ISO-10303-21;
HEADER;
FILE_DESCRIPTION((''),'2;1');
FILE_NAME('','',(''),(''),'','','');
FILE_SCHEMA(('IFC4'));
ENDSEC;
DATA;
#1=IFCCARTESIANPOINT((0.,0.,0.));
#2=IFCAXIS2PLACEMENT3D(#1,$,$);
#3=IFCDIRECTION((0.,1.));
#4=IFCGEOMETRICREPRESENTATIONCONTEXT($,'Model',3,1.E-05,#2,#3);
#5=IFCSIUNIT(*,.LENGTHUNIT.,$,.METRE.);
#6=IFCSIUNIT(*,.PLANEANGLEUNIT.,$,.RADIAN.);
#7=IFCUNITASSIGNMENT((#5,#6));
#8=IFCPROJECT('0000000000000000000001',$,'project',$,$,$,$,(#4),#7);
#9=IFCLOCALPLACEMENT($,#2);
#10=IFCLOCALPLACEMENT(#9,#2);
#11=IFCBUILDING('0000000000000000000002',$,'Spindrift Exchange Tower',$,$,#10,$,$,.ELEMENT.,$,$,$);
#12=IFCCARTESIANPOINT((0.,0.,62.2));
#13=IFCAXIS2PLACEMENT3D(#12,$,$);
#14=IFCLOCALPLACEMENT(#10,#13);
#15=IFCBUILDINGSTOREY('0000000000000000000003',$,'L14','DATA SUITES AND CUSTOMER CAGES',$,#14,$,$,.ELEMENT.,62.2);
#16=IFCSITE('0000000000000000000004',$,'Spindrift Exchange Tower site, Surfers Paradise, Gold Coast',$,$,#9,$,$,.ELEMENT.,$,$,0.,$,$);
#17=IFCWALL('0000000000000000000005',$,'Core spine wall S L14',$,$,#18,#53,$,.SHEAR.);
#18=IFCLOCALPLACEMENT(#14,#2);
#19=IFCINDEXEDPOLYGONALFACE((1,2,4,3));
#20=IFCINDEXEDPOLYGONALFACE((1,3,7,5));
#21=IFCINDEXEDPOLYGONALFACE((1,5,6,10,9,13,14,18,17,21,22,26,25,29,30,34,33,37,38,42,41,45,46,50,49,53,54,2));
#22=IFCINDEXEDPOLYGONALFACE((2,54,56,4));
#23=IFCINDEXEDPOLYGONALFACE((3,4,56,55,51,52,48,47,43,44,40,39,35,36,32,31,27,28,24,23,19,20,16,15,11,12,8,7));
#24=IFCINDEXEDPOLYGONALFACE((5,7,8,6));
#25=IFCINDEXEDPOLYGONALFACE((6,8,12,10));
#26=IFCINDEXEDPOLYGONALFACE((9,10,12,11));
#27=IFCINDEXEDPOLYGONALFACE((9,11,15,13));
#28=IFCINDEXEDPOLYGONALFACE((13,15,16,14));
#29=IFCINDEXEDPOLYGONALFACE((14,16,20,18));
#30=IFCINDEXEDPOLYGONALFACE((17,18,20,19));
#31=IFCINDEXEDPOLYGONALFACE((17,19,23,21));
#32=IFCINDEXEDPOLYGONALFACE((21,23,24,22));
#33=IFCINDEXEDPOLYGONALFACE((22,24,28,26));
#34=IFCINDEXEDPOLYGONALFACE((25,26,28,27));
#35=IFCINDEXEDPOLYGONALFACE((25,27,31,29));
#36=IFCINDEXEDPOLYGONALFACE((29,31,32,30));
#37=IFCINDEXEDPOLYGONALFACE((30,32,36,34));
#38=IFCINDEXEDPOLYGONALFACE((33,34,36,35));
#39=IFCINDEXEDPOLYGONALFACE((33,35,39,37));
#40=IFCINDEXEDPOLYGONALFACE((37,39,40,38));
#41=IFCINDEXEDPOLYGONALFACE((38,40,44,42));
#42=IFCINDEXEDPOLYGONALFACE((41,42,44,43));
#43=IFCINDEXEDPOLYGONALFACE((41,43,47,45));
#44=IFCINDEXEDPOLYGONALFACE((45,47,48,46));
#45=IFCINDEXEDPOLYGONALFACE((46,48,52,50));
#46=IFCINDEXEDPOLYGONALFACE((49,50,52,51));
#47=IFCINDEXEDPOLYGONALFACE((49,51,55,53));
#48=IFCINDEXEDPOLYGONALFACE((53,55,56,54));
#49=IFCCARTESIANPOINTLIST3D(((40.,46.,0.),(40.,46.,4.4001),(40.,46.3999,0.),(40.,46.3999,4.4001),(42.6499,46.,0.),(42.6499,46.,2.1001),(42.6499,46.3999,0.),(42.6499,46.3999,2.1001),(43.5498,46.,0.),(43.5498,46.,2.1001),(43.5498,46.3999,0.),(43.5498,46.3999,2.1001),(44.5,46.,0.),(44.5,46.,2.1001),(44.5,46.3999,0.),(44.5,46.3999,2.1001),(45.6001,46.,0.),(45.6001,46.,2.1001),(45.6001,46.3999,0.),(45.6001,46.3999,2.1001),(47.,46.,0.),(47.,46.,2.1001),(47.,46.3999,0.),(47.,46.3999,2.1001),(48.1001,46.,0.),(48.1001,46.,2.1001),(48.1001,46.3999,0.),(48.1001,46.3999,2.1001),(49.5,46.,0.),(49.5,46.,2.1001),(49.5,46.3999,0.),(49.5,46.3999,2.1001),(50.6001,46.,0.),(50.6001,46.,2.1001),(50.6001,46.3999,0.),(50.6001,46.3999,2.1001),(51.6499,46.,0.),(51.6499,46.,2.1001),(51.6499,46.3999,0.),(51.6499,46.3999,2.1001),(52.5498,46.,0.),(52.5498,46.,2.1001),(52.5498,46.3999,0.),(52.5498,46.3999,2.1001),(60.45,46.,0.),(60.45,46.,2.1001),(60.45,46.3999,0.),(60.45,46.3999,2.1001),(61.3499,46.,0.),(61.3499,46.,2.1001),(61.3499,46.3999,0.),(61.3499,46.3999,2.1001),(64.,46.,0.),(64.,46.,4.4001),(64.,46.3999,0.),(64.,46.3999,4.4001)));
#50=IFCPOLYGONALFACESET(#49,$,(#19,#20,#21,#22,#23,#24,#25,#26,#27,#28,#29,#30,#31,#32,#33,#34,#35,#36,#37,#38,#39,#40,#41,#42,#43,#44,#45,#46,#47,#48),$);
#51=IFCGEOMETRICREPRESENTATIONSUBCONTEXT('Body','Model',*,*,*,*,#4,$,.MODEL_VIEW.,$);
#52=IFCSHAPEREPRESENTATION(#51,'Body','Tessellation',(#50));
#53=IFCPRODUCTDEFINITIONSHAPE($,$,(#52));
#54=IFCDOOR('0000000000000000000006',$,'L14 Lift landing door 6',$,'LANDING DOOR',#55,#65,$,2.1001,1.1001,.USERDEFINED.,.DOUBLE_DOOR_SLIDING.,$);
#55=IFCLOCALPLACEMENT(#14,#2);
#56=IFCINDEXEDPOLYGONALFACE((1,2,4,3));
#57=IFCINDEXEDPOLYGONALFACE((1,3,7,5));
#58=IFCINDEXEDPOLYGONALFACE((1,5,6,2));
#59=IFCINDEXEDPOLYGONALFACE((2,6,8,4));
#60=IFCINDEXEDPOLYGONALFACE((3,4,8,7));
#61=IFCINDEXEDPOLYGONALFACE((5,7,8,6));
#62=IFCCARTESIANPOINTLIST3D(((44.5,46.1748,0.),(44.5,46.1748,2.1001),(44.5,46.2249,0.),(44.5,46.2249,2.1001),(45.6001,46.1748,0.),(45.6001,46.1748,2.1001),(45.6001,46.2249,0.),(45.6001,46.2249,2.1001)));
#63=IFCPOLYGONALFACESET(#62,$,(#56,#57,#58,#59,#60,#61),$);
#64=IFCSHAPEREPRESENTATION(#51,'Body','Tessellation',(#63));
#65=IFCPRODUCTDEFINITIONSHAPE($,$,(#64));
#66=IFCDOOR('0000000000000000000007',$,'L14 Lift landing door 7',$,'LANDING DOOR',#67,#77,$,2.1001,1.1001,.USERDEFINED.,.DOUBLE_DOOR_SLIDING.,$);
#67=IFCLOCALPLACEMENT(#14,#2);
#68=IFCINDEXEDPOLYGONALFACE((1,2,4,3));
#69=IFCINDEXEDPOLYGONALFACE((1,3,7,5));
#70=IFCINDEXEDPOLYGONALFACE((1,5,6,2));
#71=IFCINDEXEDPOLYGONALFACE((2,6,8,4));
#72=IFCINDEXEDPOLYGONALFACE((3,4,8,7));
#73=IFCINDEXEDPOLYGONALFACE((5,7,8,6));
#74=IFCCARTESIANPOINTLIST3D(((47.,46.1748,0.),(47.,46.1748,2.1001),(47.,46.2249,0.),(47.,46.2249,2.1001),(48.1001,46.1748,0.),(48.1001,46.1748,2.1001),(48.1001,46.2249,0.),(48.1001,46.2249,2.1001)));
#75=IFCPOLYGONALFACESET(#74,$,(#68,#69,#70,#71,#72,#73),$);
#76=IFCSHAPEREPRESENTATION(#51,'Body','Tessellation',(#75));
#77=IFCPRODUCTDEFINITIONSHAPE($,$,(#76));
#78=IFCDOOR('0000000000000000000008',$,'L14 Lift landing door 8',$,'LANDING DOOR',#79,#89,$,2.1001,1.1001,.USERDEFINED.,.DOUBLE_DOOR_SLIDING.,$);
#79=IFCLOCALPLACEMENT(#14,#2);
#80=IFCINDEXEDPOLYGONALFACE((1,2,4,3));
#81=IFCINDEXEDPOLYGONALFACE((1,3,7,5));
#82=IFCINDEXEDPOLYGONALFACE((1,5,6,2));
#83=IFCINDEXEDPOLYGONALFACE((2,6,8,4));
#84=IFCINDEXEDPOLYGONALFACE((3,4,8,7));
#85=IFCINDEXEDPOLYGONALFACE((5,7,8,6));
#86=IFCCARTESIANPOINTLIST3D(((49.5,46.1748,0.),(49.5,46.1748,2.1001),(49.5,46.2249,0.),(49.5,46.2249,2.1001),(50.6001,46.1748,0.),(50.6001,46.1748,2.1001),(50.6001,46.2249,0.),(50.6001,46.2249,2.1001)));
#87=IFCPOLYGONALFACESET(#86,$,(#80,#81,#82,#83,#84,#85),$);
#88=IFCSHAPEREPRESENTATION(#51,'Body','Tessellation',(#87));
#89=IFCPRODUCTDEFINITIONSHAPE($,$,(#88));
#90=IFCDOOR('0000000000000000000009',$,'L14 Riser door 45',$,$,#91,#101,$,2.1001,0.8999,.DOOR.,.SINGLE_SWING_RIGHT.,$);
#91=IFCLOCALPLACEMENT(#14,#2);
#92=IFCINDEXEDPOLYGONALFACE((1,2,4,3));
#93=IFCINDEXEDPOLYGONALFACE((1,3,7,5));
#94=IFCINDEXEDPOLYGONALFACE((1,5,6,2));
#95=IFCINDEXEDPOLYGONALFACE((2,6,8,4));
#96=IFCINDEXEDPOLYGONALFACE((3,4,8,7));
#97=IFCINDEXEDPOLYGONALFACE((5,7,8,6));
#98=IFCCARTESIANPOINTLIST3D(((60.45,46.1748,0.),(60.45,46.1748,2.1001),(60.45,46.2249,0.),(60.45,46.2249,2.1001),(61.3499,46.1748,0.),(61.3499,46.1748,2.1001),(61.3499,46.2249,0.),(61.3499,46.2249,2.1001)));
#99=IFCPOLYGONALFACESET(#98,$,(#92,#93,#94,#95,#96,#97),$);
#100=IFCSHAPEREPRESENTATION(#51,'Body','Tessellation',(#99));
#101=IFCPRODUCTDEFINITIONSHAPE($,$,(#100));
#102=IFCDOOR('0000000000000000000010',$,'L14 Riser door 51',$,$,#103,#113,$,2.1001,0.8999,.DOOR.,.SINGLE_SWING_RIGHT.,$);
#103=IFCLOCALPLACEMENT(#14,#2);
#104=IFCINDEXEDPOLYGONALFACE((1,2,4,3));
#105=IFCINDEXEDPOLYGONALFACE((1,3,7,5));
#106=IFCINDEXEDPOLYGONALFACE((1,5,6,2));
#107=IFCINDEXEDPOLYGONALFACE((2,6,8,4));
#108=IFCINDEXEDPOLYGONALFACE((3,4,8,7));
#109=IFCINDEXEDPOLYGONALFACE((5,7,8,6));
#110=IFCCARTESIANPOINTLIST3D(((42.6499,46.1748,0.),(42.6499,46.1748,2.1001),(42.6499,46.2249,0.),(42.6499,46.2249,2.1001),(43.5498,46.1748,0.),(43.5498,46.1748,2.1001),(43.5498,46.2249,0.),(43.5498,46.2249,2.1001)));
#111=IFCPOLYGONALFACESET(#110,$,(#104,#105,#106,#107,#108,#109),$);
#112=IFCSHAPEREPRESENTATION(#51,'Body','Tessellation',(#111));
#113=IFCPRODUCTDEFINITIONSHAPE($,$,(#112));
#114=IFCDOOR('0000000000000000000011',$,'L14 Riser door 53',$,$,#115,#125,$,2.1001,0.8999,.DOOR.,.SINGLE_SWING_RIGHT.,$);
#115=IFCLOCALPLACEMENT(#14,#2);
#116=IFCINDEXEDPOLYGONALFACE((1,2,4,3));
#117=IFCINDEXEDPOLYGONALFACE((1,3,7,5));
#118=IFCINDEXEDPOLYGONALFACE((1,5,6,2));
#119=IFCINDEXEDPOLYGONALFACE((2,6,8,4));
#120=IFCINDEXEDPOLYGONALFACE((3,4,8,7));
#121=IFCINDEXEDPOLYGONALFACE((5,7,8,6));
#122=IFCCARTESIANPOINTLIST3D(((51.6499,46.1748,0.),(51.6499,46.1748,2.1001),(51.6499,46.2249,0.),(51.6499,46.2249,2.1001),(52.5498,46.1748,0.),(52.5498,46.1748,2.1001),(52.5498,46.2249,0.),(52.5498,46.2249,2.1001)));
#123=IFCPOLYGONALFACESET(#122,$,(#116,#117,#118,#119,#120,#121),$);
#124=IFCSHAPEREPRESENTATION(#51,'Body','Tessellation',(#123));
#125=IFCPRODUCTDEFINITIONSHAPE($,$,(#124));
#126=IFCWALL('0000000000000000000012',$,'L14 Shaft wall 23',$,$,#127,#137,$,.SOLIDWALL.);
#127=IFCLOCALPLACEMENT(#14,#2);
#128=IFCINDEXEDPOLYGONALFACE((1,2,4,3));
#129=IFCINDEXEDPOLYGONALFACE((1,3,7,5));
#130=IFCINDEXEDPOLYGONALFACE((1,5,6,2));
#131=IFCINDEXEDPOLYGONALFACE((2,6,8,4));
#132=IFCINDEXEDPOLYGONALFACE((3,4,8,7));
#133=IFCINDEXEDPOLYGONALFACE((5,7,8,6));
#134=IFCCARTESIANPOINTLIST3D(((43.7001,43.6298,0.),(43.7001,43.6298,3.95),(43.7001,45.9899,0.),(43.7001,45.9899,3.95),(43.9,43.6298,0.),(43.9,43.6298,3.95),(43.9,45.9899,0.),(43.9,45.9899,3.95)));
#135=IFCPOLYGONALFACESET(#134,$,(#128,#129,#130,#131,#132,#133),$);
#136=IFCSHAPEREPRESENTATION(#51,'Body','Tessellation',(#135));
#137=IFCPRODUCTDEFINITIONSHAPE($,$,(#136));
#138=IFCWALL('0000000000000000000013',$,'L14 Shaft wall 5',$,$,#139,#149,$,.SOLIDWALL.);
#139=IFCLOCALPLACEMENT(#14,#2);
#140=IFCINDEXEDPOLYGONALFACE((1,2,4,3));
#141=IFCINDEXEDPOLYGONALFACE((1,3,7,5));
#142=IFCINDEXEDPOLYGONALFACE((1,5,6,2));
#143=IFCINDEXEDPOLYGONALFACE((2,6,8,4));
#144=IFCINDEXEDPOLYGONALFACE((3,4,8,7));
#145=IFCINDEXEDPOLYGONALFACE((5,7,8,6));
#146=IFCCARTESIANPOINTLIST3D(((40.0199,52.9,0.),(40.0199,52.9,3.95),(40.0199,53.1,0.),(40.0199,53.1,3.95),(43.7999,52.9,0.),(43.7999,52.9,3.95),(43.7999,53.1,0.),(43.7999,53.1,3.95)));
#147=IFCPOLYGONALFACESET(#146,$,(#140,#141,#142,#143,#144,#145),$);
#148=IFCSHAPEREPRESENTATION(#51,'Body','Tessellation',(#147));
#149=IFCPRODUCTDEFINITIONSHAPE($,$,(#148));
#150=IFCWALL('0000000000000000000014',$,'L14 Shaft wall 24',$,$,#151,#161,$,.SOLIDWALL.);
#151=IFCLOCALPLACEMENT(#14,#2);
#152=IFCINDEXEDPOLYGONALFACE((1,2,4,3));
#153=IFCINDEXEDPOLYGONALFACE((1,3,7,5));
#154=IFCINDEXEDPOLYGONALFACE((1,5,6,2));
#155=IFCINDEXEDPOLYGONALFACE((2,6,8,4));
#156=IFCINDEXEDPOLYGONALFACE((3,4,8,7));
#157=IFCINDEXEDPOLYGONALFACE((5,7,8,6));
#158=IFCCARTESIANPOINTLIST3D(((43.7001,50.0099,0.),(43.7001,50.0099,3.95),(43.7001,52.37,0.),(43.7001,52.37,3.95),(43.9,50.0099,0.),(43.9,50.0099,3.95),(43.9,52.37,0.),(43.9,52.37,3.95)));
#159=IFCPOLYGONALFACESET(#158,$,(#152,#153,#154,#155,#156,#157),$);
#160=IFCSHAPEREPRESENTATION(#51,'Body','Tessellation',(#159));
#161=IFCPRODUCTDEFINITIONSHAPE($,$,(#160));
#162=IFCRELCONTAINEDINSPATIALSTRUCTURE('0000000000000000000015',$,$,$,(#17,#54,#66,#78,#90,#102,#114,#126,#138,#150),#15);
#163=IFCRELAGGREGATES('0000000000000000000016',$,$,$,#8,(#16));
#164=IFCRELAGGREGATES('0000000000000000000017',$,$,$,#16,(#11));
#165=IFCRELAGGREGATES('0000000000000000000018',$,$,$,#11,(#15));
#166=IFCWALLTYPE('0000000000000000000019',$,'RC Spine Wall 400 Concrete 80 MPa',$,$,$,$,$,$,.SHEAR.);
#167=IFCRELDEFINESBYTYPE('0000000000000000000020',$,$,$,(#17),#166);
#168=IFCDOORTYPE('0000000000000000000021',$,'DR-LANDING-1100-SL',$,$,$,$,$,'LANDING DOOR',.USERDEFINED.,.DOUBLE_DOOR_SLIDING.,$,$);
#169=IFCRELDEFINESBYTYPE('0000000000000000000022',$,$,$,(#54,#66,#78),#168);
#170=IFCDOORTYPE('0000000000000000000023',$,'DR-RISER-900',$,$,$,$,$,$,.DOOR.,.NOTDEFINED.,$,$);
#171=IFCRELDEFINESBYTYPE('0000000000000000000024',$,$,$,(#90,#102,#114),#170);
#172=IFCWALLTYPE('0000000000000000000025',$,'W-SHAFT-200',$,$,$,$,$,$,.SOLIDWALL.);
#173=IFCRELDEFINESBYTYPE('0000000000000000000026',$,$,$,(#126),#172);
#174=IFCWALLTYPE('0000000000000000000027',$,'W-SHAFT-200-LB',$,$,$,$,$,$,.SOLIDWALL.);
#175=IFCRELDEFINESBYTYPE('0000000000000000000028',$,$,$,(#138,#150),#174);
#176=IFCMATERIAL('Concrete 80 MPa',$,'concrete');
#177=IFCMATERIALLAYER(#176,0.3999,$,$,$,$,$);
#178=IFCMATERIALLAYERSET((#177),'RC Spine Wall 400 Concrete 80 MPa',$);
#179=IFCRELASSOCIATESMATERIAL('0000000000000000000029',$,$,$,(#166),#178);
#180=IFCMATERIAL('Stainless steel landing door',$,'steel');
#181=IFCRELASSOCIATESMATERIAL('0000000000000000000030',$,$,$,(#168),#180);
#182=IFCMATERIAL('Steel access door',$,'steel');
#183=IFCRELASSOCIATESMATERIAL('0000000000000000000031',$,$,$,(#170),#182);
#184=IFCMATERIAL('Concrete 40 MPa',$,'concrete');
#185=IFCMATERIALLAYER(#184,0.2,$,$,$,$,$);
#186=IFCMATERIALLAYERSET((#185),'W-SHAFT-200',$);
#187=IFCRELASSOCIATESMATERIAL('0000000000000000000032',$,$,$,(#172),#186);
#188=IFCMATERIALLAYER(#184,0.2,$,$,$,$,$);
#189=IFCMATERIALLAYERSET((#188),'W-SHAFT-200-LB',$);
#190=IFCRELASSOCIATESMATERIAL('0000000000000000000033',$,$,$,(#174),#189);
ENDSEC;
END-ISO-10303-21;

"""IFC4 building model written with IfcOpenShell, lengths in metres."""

from ifc_helpers import new_model, si_unit, direction, frame, frame_2d, origin, place, context, subcontext, project, spatial, rectangle, extrude, source, transform, mapped, material, layer, layer_set, type_object, element, fill, save


model = new_model("IFC4")

# Units and contexts
model_context = context("Model", 3, precision=1e-05, world=origin(), true_north=direction((0.0, 1.0)))
body_context = subcontext(model_context, "Body", "Model", "MODEL_VIEW")
ifc_project = project(units=[si_unit("LENGTHUNIT", "METRE"), si_unit("PLANEANGLEUNIT", "RADIAN")], contexts=[model_context])

# Site, building, storey
site_placement = place(None, origin())
site = spatial("IfcSite", under=ifc_project, at=site_placement, Name="Spindrift Exchange Tower site, Surfers Paradise, Gold Coast", CompositionType="ELEMENT", RefElevation=0.0)
building_placement = place(site_placement, origin())
building = spatial("IfcBuilding", under=site, at=building_placement, Name="Spindrift Exchange Tower", CompositionType="ELEMENT")
storey_placement = place(building_placement, frame((0.0, 0.0, 62.2)))
storey = spatial("IfcBuildingStorey", under=building, at=storey_placement, Name="L14", Description="DATA SUITES AND CUSTOMER CAGES", CompositionType="ELEMENT", Elevation=62.2)

# Wall, openings, doors
ifc_material_1 = material(Name="Concrete 80 MPa", Category="concrete")
ifc_layer_1 = layer(ifc_material_1, 0.3999)
ifc_layer_set_1 = layer_set([ifc_layer_1], Name="RC Spine Wall 400 Concrete 80 MPa")
wall_type_1 = type_object("IfcWallType", Name="RC Spine Wall 400 Concrete 80 MPa", PredefinedType="SHEAR", material=ifc_layer_set_1)
ifc_material_2 = material(Name="Stainless steel landing door", Category="steel")
door_type_1 = type_object("IfcDoorType", Name="DR-LANDING-1100-SL", ElementType="LANDING DOOR", OperationType="DOUBLE_DOOR_SLIDING", PredefinedType="USERDEFINED", material=ifc_material_2)
shared_shape_1 = source(origin(), body_context, "Body", "SweptSolid", [
    extrude(rectangle(XDim=1.1001, YDim=2.1001, at=frame_2d((0.55, 1.05))), frame((0.0, 0.0249, 0.0), z_axis=(0.0, -1.0, 0.0), x_axis=(1.0, 0.0, 0.0)), (0.0, 0.0, 1.0), 0.05),
])
ifc_material_3 = material(Name="Steel access door", Category="steel")
door_type_2 = type_object("IfcDoorType", Name="DR-RISER-900", OperationType="NOTDEFINED", PredefinedType="DOOR", material=ifc_material_3)
shared_shape_2 = source(origin(), body_context, "Body", "SweptSolid", [
    extrude(rectangle(XDim=0.8999, YDim=2.1001, at=frame_2d((0.45, 1.05))), frame((0.0, 0.0249, 0.0), z_axis=(0.0, -1.0, 0.0), x_axis=(1.0, 0.0, 0.0)), (0.0, 0.0, 1.0), 0.05),
])
wall_1_placement = place(storey_placement, frame((40.0, 46.2, 0.0), z_axis=(0.0, 0.0, 1.0), x_axis=(1.0, 0.0, 0.0)))
wall_1 = element("IfcWall", 1, at=wall_1_placement, inside=storey, type_object=wall_type_1, Name="Core spine wall S L14", PredefinedType="SHEAR", context=body_context, shape_type="SweptSolid", body=[
    extrude(rectangle(XDim=24.0, YDim=0.3999, at=frame_2d((12.0, 0.0))), origin(), (0.0, 0.0, 1.0), 4.4001),
])
opening_1_placement = place(wall_1_placement, frame((4.5, 0.0, 0.0)))
opening_1 = element("IfcOpeningElement", 2, at=opening_1_placement, cuts=wall_1, PredefinedType="OPENING", context=body_context, shape_type="SweptSolid", body=[
    extrude(rectangle(XDim=1.1001, YDim=2.1001, at=frame_2d((0.55, 1.05))), frame((0.0, 0.21, 0.0), z_axis=(0.0, -1.0, 0.0), x_axis=(1.0, 0.0, 0.0)), (0.0, 0.0, 1.0), 0.4199),
])
opening_2_placement = place(wall_1_placement, frame((7.0, 0.0, 0.0)))
opening_2 = element("IfcOpeningElement", 3, at=opening_2_placement, cuts=wall_1, PredefinedType="OPENING", context=body_context, shape_type="SweptSolid", body=[
    extrude(rectangle(XDim=1.1001, YDim=2.1001, at=frame_2d((0.55, 1.05))), frame((0.0, 0.21, 0.0), z_axis=(0.0, -1.0, 0.0), x_axis=(1.0, 0.0, 0.0)), (0.0, 0.0, 1.0), 0.4199),
])
opening_3_placement = place(wall_1_placement, frame((9.5, 0.0, 0.0)))
opening_3 = element("IfcOpeningElement", 4, at=opening_3_placement, cuts=wall_1, PredefinedType="OPENING", context=body_context, shape_type="SweptSolid", body=[
    extrude(rectangle(XDim=1.1001, YDim=2.1001, at=frame_2d((0.55, 1.05))), frame((0.0, 0.21, 0.0), z_axis=(0.0, -1.0, 0.0), x_axis=(1.0, 0.0, 0.0)), (0.0, 0.0, 1.0), 0.4199),
])
opening_4_placement = place(wall_1_placement, frame((20.45, 0.0, 0.0)))
opening_4 = element("IfcOpeningElement", 5, at=opening_4_placement, cuts=wall_1, PredefinedType="OPENING", context=body_context, shape_type="SweptSolid", body=[
    extrude(rectangle(XDim=0.8999, YDim=2.1001, at=frame_2d((0.45, 1.05))), frame((0.0, 0.21, 0.0), z_axis=(0.0, -1.0, 0.0), x_axis=(1.0, 0.0, 0.0)), (0.0, 0.0, 1.0), 0.4199),
])
opening_5_placement = place(wall_1_placement, frame((2.6499, 0.0, 0.0)))
opening_5 = element("IfcOpeningElement", 6, at=opening_5_placement, cuts=wall_1, PredefinedType="OPENING", context=body_context, shape_type="SweptSolid", body=[
    extrude(rectangle(XDim=0.8999, YDim=2.1001, at=frame_2d((0.45, 1.05))), frame((0.0, 0.21, 0.0), z_axis=(0.0, -1.0, 0.0), x_axis=(1.0, 0.0, 0.0)), (0.0, 0.0, 1.0), 0.4199),
])
opening_6_placement = place(wall_1_placement, frame((11.6499, 0.0, 0.0)))
opening_6 = element("IfcOpeningElement", 7, at=opening_6_placement, cuts=wall_1, PredefinedType="OPENING", context=body_context, shape_type="SweptSolid", body=[
    extrude(rectangle(XDim=0.8999, YDim=2.1001, at=frame_2d((0.45, 1.05))), frame((0.0, 0.21, 0.0), z_axis=(0.0, -1.0, 0.0), x_axis=(1.0, 0.0, 0.0)), (0.0, 0.0, 1.0), 0.4199),
])
door_1_placement = place(opening_1_placement, origin())
door_1 = element("IfcDoor", 8, at=door_1_placement, inside=storey, type_object=door_type_1, Name="L14 Lift landing door 6", ObjectType="LANDING DOOR", OperationType="DOUBLE_DOOR_SLIDING", OverallHeight=2.1001, OverallWidth=1.1001, PredefinedType="USERDEFINED", context=body_context, shape_type="MappedRepresentation", body=[
    mapped(shared_shape_1, transform((0.0, 0.0, 0.0), scale=1.0)),
])
fill(opening_1, door_1)
door_2_placement = place(opening_2_placement, origin())
door_2 = element("IfcDoor", 9, at=door_2_placement, inside=storey, type_object=door_type_1, Name="L14 Lift landing door 7", ObjectType="LANDING DOOR", OperationType="DOUBLE_DOOR_SLIDING", OverallHeight=2.1001, OverallWidth=1.1001, PredefinedType="USERDEFINED", context=body_context, shape_type="MappedRepresentation", body=[
    mapped(shared_shape_1, transform((0.0, 0.0, 0.0), scale=1.0)),
])
fill(opening_2, door_2)
door_3_placement = place(opening_3_placement, origin())
door_3 = element("IfcDoor", 10, at=door_3_placement, inside=storey, type_object=door_type_1, Name="L14 Lift landing door 8", ObjectType="LANDING DOOR", OperationType="DOUBLE_DOOR_SLIDING", OverallHeight=2.1001, OverallWidth=1.1001, PredefinedType="USERDEFINED", context=body_context, shape_type="MappedRepresentation", body=[
    mapped(shared_shape_1, transform((0.0, 0.0, 0.0), scale=1.0)),
])
fill(opening_3, door_3)
door_4_placement = place(opening_4_placement, origin())
door_4 = element("IfcDoor", 11, at=door_4_placement, inside=storey, type_object=door_type_2, Name="L14 Riser door 45", OperationType="SINGLE_SWING_RIGHT", OverallHeight=2.1001, OverallWidth=0.8999, PredefinedType="DOOR", context=body_context, shape_type="MappedRepresentation", body=[
    mapped(shared_shape_2, transform((0.0, 0.0, 0.0), scale=1.0)),
])
fill(opening_4, door_4)
door_5_placement = place(opening_5_placement, origin())
door_5 = element("IfcDoor", 12, at=door_5_placement, inside=storey, type_object=door_type_2, Name="L14 Riser door 51", OperationType="SINGLE_SWING_RIGHT", OverallHeight=2.1001, OverallWidth=0.8999, PredefinedType="DOOR", context=body_context, shape_type="MappedRepresentation", body=[
    mapped(shared_shape_2, transform((0.0, 0.0, 0.0), scale=1.0)),
])
fill(opening_5, door_5)
door_6_placement = place(opening_6_placement, origin())
door_6 = element("IfcDoor", 13, at=door_6_placement, inside=storey, type_object=door_type_2, Name="L14 Riser door 53", OperationType="SINGLE_SWING_RIGHT", OverallHeight=2.1001, OverallWidth=0.8999, PredefinedType="DOOR", context=body_context, shape_type="MappedRepresentation", body=[
    mapped(shared_shape_2, transform((0.0, 0.0, 0.0), scale=1.0)),
])
fill(opening_6, door_6)

# Walls
ifc_material_4 = material(Name="Concrete 40 MPa", Category="concrete")
ifc_layer_2 = layer(ifc_material_4, 0.2)
ifc_layer_set_2 = layer_set([ifc_layer_2], Name="W-SHAFT-200")
wall_type_2 = type_object("IfcWallType", Name="W-SHAFT-200", PredefinedType="SOLIDWALL", material=ifc_layer_set_2)
wall_2_placement = place(storey_placement, frame((43.8, 45.99, 0.0), z_axis=(0.0, 0.0, 1.0), x_axis=(0.0, -1.0, 0.0)))
element("IfcWall", 14, at=wall_2_placement, inside=storey, type_object=wall_type_2, Name="L14 Shaft wall 23", PredefinedType="SOLIDWALL", context=body_context, shape_type="SweptSolid", body=[
    extrude(rectangle(XDim=2.3601, YDim=0.2, at=frame_2d((1.1802, 0.0))), origin(), (0.0, 0.0, 1.0), 3.95),
])
ifc_layer_3 = layer(ifc_material_4, 0.2)
ifc_layer_set_3 = layer_set([ifc_layer_3], Name="W-SHAFT-200-LB")
wall_type_3 = type_object("IfcWallType", Name="W-SHAFT-200-LB", PredefinedType="SOLIDWALL", material=ifc_layer_set_3)
wall_3_placement = place(storey_placement, frame((43.8, 53.0, 0.0), z_axis=(0.0, 0.0, 1.0), x_axis=(-1.0, 0.0, 0.0)))
element("IfcWall", 15, at=wall_3_placement, inside=storey, type_object=wall_type_3, Name="L14 Shaft wall 5", PredefinedType="SOLIDWALL", context=body_context, shape_type="SweptSolid", body=[
    extrude(rectangle(XDim=3.78, YDim=0.2, at=frame_2d((1.8901, 0.0))), origin(), (0.0, 0.0, 1.0), 3.95),
])
wall_4_placement = place(storey_placement, frame((43.8, 52.3701, 0.0), z_axis=(0.0, 0.0, 1.0), x_axis=(0.0, -1.0, 0.0)))
element("IfcWall", 16, at=wall_4_placement, inside=storey, type_object=wall_type_3, Name="L14 Shaft wall 24", PredefinedType="SOLIDWALL", context=body_context, shape_type="SweptSolid", body=[
    extrude(rectangle(XDim=2.3601, YDim=0.2, at=frame_2d((1.1802, 0.0))), origin(), (0.0, 0.0, 1.0), 3.95),
])

save(model, "model.ifc")
